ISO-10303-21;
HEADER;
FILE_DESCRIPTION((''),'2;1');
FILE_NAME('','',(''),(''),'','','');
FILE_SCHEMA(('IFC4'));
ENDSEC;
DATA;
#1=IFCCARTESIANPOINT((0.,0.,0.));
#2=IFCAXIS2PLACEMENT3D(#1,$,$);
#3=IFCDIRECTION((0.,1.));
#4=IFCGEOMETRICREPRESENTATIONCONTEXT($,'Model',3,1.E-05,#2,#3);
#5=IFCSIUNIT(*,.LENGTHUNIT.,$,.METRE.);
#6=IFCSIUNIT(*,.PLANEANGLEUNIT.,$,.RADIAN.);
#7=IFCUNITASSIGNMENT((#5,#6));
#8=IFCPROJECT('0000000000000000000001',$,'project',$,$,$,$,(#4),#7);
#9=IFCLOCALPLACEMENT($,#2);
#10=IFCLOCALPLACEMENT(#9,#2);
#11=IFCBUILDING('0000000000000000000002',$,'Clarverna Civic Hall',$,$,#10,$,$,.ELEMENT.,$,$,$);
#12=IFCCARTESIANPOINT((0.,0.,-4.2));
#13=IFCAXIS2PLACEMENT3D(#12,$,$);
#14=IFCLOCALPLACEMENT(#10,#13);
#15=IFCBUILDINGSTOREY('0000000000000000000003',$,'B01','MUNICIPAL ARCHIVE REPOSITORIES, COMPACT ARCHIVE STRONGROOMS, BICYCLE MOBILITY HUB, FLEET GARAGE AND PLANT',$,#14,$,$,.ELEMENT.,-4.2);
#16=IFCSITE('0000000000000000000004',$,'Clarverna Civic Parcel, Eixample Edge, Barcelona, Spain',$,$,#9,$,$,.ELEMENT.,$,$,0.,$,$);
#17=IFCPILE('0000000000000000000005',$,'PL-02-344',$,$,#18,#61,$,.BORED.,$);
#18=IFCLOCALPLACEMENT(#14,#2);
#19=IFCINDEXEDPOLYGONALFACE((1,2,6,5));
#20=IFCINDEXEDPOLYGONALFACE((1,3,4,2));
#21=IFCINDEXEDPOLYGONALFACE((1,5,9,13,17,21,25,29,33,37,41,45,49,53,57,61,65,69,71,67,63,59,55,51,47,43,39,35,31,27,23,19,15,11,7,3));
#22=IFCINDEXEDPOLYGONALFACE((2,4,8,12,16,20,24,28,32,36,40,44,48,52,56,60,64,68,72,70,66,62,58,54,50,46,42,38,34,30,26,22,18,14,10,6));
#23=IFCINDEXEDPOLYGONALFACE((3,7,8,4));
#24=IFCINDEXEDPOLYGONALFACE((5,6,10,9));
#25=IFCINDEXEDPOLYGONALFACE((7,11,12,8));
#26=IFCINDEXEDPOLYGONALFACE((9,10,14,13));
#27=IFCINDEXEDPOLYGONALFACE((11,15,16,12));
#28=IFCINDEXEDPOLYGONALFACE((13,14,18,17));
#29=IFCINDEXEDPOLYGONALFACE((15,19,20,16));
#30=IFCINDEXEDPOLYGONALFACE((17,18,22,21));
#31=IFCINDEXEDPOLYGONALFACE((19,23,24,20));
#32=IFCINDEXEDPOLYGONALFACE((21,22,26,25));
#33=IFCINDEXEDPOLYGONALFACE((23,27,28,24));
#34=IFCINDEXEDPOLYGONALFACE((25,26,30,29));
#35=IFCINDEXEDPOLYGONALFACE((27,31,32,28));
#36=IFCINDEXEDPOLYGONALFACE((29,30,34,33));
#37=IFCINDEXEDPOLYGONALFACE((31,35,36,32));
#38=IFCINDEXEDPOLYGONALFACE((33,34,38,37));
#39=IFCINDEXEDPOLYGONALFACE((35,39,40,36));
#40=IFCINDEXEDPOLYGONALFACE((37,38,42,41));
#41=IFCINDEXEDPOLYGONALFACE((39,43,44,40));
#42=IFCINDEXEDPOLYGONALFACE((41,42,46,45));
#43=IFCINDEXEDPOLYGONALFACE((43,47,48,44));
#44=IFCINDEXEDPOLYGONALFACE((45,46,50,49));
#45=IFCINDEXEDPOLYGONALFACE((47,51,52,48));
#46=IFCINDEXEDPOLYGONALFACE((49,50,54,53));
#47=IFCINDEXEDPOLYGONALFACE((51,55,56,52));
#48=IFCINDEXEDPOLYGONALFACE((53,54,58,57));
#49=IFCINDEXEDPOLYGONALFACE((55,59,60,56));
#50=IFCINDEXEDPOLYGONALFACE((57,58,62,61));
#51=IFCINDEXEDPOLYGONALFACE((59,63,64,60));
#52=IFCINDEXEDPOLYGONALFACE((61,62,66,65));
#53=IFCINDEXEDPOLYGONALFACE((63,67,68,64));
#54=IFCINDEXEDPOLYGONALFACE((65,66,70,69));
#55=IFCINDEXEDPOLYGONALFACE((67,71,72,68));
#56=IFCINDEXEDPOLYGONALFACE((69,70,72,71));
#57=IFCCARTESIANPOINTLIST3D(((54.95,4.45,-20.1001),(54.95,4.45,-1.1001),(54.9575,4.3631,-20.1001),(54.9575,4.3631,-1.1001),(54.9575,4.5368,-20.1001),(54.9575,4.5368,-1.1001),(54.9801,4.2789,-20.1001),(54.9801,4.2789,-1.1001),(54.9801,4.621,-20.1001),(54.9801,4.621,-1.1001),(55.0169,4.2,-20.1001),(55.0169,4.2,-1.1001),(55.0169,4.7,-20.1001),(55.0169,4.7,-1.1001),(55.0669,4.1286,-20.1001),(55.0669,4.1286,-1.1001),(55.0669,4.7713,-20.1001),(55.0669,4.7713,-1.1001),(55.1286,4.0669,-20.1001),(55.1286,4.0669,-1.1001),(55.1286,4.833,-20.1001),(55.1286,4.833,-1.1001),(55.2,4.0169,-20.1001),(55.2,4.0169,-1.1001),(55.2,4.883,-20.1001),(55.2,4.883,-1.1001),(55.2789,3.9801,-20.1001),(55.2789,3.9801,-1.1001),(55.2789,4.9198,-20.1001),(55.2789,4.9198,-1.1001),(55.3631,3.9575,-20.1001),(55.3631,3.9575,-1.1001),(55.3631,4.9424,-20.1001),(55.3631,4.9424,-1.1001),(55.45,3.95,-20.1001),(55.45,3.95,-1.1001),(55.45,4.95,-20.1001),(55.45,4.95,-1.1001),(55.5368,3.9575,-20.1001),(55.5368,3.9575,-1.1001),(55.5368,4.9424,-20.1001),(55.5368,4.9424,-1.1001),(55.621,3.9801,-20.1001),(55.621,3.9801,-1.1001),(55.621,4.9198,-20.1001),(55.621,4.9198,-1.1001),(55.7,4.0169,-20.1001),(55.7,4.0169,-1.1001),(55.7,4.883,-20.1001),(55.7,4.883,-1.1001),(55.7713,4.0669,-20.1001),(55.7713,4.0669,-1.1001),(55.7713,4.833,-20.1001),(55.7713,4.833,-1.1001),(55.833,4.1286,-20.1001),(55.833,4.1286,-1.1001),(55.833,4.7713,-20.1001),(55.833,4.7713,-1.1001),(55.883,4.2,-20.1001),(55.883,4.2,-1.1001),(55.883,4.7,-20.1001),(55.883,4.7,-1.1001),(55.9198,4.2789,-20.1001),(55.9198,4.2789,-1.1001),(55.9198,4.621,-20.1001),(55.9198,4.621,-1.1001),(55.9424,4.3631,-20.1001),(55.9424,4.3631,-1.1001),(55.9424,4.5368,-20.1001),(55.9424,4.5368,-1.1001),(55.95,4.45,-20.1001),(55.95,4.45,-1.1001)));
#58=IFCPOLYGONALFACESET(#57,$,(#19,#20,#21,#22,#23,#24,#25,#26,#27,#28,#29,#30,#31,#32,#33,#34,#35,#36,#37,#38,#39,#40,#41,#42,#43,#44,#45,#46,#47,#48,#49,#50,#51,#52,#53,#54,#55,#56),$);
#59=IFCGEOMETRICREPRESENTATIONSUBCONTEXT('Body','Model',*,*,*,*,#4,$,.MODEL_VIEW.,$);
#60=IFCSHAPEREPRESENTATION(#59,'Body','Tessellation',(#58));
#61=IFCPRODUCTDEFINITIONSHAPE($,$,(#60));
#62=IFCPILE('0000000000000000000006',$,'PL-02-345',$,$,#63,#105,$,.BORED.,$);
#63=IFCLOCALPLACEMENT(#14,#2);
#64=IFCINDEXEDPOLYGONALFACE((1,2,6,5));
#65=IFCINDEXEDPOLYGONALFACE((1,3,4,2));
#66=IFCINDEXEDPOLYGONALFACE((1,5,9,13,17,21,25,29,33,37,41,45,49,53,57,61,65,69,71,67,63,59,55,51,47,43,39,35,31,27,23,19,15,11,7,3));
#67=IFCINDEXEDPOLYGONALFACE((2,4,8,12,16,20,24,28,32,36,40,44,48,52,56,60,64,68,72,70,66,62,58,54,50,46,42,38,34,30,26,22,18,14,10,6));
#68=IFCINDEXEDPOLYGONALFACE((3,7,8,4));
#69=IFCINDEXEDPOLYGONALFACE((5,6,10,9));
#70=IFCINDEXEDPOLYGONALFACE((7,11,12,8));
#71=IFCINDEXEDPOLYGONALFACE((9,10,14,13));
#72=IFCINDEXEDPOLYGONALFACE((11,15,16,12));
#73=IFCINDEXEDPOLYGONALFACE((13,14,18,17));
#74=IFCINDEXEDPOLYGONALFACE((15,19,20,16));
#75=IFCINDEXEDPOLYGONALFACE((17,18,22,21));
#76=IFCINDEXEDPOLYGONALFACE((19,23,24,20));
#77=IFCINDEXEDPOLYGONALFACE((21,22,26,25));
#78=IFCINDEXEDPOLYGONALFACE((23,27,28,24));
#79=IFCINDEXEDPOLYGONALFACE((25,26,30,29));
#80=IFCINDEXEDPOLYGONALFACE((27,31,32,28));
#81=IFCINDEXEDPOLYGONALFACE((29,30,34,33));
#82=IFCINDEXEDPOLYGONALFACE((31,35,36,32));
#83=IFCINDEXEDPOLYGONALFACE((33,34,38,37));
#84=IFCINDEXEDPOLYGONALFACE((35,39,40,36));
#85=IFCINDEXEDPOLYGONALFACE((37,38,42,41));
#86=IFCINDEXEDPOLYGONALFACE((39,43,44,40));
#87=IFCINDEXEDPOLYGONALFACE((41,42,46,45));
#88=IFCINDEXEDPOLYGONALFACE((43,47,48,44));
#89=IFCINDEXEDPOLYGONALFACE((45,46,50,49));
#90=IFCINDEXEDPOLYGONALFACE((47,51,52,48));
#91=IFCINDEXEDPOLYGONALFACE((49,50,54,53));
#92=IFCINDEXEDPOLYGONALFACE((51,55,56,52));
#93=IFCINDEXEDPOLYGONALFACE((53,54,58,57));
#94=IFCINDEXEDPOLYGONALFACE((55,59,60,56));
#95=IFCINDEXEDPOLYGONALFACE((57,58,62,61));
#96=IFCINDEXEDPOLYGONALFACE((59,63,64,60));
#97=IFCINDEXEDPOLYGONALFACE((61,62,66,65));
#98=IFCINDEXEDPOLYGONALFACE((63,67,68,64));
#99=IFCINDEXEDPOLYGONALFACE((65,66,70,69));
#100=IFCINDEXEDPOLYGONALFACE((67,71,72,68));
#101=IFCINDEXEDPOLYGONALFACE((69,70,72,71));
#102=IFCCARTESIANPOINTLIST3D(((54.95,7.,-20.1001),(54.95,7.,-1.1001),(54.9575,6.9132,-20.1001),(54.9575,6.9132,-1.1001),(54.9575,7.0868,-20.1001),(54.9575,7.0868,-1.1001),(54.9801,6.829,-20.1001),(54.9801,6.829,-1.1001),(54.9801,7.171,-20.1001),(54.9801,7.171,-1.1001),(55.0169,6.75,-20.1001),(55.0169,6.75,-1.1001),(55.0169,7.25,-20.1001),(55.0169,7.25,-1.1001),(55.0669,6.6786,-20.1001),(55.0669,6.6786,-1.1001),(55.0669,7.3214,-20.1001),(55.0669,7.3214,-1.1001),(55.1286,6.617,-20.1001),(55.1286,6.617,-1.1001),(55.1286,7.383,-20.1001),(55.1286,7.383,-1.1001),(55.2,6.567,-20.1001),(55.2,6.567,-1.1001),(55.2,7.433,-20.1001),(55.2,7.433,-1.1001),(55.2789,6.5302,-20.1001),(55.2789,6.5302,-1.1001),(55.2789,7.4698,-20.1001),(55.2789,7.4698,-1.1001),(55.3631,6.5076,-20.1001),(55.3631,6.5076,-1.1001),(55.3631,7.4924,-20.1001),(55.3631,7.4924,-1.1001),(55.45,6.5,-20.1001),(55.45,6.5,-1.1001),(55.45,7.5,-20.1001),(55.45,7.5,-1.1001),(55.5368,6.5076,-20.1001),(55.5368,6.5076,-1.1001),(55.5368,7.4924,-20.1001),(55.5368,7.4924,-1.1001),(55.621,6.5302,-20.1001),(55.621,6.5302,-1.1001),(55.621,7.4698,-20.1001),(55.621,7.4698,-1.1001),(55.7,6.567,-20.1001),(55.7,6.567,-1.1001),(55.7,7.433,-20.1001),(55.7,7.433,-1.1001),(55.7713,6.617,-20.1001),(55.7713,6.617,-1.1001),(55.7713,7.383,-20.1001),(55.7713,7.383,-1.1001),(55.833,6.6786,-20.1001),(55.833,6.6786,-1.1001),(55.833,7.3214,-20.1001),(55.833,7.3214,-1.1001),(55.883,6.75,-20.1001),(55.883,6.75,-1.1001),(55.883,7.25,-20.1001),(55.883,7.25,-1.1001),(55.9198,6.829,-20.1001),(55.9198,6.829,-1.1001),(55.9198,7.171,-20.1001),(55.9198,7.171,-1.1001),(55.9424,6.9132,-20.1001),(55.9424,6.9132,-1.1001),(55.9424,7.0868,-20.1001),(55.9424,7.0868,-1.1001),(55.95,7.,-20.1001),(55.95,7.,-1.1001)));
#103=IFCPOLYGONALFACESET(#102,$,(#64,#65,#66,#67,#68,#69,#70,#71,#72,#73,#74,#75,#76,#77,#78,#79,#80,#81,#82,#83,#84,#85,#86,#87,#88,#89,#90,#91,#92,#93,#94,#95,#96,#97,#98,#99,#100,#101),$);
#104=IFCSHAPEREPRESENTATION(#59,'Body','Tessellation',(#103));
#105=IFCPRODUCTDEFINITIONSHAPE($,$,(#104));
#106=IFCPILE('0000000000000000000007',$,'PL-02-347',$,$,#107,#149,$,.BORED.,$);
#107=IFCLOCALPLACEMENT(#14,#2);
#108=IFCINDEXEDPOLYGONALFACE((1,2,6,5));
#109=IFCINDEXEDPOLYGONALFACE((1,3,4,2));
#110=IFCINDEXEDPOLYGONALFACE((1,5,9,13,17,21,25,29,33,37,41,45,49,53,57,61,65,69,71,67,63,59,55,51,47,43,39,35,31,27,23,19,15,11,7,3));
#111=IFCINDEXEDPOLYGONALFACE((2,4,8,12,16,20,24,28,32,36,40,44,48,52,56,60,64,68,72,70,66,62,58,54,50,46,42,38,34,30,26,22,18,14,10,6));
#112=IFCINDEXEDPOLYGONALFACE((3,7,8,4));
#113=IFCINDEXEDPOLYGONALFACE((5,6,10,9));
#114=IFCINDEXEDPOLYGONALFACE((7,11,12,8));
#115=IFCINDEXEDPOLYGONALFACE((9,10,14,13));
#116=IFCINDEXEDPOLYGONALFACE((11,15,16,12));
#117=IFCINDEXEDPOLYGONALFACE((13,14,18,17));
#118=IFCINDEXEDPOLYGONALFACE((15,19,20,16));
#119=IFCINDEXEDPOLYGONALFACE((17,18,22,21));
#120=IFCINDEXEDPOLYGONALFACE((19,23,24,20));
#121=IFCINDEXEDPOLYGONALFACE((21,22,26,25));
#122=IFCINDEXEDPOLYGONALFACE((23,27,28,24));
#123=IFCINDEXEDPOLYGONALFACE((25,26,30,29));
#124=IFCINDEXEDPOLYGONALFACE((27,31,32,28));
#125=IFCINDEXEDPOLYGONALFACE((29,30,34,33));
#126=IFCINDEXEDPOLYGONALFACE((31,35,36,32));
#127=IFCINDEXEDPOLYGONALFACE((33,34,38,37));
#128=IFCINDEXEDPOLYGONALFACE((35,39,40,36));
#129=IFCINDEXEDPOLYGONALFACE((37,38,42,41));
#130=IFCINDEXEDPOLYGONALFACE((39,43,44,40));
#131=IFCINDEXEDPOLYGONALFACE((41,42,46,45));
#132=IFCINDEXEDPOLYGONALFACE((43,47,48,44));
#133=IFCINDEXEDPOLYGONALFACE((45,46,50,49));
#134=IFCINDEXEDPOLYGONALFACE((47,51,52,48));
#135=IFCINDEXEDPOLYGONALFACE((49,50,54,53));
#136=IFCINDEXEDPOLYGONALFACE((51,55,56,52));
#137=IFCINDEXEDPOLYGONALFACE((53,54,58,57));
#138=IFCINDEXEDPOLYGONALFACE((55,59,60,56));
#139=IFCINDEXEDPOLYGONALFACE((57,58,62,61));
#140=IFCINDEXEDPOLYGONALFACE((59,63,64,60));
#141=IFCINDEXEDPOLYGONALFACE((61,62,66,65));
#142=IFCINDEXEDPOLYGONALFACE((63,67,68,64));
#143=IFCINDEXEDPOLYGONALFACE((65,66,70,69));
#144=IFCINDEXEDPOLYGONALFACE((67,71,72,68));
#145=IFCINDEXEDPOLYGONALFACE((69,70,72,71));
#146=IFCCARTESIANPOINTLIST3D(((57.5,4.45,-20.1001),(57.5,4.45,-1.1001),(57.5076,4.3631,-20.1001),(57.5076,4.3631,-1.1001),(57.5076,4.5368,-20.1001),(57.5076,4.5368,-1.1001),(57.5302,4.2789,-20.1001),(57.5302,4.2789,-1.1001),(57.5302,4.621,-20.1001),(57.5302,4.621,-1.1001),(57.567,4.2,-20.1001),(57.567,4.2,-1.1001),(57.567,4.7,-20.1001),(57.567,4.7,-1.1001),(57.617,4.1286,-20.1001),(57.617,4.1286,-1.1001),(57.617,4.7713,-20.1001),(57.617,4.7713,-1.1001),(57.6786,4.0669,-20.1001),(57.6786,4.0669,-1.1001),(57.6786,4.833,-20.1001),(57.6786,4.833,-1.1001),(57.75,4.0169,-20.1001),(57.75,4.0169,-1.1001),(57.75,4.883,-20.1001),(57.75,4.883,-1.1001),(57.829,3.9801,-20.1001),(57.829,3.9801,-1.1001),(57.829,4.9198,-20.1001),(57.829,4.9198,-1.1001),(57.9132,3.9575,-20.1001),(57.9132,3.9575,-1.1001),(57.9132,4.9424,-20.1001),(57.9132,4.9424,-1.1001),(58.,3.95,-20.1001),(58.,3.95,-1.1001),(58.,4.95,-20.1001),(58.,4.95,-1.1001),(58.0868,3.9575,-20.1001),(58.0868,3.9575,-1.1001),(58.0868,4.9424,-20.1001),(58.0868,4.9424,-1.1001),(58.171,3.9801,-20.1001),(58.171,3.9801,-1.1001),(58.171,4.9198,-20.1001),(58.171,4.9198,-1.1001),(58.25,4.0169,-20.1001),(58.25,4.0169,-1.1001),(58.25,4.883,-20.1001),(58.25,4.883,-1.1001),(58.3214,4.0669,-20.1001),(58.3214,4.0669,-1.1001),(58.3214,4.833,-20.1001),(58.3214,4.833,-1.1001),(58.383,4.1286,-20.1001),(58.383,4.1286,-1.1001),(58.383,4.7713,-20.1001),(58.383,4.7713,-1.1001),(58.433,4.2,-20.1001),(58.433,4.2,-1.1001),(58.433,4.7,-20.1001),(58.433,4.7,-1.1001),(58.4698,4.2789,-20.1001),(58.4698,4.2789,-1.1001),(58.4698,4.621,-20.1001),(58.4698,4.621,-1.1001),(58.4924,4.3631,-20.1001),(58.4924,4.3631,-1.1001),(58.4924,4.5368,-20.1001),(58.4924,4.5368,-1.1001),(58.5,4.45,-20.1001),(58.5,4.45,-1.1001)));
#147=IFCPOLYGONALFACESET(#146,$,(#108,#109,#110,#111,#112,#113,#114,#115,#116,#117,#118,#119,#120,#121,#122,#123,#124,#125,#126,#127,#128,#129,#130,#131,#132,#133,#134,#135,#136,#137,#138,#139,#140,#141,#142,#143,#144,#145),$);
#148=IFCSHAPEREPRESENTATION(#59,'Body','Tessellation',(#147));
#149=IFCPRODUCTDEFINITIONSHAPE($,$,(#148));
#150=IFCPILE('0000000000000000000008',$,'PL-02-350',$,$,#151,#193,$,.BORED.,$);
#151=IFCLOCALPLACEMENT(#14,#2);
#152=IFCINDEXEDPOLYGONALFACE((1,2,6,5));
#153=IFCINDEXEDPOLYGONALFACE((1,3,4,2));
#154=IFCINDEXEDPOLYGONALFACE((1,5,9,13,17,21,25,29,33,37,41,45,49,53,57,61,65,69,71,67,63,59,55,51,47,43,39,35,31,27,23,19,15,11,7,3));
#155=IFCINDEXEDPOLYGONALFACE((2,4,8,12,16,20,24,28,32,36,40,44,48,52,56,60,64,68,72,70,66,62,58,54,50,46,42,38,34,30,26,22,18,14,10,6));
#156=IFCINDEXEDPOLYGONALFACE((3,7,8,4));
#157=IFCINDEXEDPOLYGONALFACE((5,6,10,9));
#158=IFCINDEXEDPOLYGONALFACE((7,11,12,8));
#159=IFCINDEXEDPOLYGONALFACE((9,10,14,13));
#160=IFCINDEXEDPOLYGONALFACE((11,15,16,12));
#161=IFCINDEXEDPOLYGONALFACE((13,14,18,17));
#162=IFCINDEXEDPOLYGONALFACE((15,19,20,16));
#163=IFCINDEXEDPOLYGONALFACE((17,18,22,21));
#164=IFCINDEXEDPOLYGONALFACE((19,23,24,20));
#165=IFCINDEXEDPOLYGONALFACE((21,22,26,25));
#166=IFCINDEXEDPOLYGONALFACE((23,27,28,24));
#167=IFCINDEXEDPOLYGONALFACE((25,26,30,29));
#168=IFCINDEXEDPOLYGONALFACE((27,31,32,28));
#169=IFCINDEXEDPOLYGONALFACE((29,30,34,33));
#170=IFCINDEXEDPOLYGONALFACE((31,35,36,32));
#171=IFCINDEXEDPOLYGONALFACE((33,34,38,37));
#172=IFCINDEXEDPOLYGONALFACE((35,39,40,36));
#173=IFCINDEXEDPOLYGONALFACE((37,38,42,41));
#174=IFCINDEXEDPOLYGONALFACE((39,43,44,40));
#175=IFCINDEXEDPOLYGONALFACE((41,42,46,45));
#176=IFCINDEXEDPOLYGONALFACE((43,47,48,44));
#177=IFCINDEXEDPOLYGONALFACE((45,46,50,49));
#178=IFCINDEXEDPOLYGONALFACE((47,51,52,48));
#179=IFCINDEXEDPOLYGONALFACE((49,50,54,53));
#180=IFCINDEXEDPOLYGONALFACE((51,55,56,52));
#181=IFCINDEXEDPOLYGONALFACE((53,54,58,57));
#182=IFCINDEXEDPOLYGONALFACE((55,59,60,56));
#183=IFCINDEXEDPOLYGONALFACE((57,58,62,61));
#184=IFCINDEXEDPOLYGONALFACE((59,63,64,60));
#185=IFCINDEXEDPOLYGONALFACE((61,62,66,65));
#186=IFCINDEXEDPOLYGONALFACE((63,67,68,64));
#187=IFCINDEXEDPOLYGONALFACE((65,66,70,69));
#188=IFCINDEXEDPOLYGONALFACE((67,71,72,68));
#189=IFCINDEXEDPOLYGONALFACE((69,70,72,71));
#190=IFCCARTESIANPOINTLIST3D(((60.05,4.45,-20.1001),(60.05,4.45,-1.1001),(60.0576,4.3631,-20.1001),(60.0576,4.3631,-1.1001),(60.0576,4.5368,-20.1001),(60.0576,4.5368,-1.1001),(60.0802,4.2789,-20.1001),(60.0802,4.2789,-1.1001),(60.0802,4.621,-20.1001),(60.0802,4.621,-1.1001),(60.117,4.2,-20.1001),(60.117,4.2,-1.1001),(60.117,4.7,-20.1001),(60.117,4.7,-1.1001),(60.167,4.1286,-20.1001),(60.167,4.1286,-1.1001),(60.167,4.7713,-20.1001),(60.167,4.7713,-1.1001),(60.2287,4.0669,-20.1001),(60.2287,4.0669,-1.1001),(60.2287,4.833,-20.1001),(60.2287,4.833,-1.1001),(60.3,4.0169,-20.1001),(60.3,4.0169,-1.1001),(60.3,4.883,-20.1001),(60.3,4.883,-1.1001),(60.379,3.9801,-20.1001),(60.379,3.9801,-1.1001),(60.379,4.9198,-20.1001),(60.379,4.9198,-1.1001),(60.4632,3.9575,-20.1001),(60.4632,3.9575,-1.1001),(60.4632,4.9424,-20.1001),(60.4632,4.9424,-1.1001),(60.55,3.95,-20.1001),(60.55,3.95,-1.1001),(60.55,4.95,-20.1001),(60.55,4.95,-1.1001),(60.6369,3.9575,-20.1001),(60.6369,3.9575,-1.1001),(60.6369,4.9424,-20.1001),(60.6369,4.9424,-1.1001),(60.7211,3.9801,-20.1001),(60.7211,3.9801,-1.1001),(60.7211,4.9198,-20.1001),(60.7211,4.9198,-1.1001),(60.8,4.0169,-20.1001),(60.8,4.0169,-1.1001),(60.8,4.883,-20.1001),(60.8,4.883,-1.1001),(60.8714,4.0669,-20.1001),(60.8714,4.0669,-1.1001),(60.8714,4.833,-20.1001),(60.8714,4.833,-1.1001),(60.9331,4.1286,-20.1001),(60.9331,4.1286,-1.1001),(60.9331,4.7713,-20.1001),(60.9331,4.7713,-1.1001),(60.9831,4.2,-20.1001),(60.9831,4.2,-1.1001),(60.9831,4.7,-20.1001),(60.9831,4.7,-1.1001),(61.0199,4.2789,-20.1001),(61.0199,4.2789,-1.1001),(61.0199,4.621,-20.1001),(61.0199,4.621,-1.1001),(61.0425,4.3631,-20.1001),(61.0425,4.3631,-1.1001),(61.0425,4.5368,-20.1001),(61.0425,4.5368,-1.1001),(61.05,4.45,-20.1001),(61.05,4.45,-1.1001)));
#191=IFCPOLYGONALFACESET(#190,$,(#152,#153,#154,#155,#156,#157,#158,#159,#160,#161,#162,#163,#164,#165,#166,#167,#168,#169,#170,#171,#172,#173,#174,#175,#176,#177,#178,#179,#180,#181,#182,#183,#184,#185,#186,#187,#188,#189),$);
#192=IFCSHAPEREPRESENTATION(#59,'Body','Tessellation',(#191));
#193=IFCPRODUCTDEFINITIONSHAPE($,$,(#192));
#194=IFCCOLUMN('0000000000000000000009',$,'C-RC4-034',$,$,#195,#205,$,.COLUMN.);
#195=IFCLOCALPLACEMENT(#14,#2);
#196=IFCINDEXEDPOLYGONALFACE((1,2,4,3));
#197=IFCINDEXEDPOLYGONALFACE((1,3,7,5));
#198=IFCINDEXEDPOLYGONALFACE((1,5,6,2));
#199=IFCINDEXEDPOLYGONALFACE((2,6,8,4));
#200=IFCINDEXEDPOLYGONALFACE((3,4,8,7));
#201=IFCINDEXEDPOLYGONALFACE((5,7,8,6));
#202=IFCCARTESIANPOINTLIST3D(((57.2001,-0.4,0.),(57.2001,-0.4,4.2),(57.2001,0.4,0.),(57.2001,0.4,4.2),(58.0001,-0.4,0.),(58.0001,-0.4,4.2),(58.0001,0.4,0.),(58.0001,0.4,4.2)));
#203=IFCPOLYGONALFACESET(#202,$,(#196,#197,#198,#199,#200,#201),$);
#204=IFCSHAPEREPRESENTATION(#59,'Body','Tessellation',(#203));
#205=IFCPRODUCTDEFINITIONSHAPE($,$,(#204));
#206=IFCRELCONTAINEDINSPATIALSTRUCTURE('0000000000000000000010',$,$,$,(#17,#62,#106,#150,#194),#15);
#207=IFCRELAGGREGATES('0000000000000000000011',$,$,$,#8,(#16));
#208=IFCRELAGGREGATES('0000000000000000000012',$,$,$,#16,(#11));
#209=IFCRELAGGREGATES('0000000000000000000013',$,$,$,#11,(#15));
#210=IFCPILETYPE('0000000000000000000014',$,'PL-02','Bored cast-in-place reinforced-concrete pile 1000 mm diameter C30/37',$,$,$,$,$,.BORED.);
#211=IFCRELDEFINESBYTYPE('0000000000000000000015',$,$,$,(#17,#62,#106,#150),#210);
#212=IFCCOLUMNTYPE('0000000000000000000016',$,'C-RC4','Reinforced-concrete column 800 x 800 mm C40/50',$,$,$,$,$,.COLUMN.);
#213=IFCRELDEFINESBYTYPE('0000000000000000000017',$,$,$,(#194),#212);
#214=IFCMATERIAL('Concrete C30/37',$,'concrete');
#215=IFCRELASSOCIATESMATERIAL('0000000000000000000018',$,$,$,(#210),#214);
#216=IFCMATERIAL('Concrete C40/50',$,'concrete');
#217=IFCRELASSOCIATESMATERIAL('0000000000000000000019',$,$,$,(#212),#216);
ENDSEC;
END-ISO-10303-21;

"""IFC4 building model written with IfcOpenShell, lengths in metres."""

from ifc_helpers import new_model, si_unit, direction, frame, origin, origin_2d, place, context, subcontext, project, spatial, rectangle, circle, extrude, material, material_profile, profile_set, type_object, element, save


model = new_model("IFC4")

# Units and contexts
model_context = context("Model", 3, precision=1e-05, world=origin(), true_north=direction((0.0, 1.0)))
body_context = subcontext(model_context, "Body", "Model", "MODEL_VIEW")
ifc_project = project(units=[si_unit("LENGTHUNIT", "METRE"), si_unit("PLANEANGLEUNIT", "RADIAN")], contexts=[model_context])

# Site, building, storey
site_placement = place(None, origin())
site = spatial("IfcSite", under=ifc_project, at=site_placement, Name="Clarverna Civic Parcel, Eixample Edge, Barcelona, Spain", CompositionType="ELEMENT", RefElevation=0.0)
building_placement = place(site_placement, origin())
building = spatial("IfcBuilding", under=site, at=building_placement, Name="Clarverna Civic Hall", CompositionType="ELEMENT")
storey_placement = place(building_placement, frame((0.0, 0.0, -4.2)))
storey = spatial("IfcBuildingStorey", under=building, at=storey_placement, Name="B01", Description="MUNICIPAL ARCHIVE REPOSITORIES, COMPACT ARCHIVE STRONGROOMS, BICYCLE MOBILITY HUB, FLEET GARAGE AND PLANT", CompositionType="ELEMENT", Elevation=-4.2)

# Shared definitions
ifc_material_1 = material(Name="Concrete C30/37", Category="concrete")

# Piles
ifc_material_profile_1 = material_profile(ifc_material_1, circle(Radius=0.5, at=origin_2d()), Name="BORED PILE D1000")
ifc_profile_set_1 = profile_set([ifc_material_profile_1], Name="Concrete C30/37")
pile_type_1 = type_object("IfcPileType", Name="PL-02", Description="Bored cast-in-place reinforced-concrete pile 1000 mm diameter C30/37", PredefinedType="BORED", material=ifc_profile_set_1)
for number, where, z_axis, x_axis, name in (
    (1, (55.45, 4.45, -1.1001), (0.0, 0.0, -1.0), (1.0, 0.0, 0.0), "PL-02-344"),
    (2, (55.45, 7.0, -1.1001), (0.0, 0.0, -1.0), (1.0, 0.0, 0.0), "PL-02-345"),
    (3, (58.0, 4.45, -1.1001), (0.0, 0.0, -1.0), (1.0, 0.0, 0.0), "PL-02-347"),
    (4, (60.55, 4.45, -1.1001), (0.0, 0.0, -1.0), (1.0, 0.0, 0.0), "PL-02-350"),
):
    element("IfcPile", number, at=place(storey_placement, frame(where, z_axis=z_axis, x_axis=x_axis)), inside=storey, type_object=pile_type_1, Name=name, PredefinedType="BORED", context=body_context, shape_type="SweptSolid", body=[
        extrude(circle(Radius=0.5, at=origin_2d()), origin(), (0.0, 0.0, 1.0), 19.0),
    ])

# Column
ifc_material_2 = material(Name="Concrete C40/50", Category="concrete")
ifc_material_profile_2 = material_profile(ifc_material_2, rectangle(XDim=0.8, YDim=0.8, at=origin_2d()), Name="RC 800x800")
ifc_profile_set_2 = profile_set([ifc_material_profile_2], Name="Concrete C40/50")
column_type = type_object("IfcColumnType", Name="C-RC4", Description="Reinforced-concrete column 800 x 800 mm C40/50", PredefinedType="COLUMN", material=ifc_profile_set_2)
column_placement = place(storey_placement, frame((57.6001, 0.0, 0.0), z_axis=(0.0, 0.0, 1.0), x_axis=(1.0, 0.0, 0.0)))
element("IfcColumn", 5, at=column_placement, inside=storey, type_object=column_type, Name="C-RC4-034", PredefinedType="COLUMN", context=body_context, shape_type="SweptSolid", body=[
    extrude(rectangle(XDim=0.8, YDim=0.8, at=origin_2d()), origin(), (0.0, 0.0, 1.0), 4.2),
])

save(model, "model.ifc")
